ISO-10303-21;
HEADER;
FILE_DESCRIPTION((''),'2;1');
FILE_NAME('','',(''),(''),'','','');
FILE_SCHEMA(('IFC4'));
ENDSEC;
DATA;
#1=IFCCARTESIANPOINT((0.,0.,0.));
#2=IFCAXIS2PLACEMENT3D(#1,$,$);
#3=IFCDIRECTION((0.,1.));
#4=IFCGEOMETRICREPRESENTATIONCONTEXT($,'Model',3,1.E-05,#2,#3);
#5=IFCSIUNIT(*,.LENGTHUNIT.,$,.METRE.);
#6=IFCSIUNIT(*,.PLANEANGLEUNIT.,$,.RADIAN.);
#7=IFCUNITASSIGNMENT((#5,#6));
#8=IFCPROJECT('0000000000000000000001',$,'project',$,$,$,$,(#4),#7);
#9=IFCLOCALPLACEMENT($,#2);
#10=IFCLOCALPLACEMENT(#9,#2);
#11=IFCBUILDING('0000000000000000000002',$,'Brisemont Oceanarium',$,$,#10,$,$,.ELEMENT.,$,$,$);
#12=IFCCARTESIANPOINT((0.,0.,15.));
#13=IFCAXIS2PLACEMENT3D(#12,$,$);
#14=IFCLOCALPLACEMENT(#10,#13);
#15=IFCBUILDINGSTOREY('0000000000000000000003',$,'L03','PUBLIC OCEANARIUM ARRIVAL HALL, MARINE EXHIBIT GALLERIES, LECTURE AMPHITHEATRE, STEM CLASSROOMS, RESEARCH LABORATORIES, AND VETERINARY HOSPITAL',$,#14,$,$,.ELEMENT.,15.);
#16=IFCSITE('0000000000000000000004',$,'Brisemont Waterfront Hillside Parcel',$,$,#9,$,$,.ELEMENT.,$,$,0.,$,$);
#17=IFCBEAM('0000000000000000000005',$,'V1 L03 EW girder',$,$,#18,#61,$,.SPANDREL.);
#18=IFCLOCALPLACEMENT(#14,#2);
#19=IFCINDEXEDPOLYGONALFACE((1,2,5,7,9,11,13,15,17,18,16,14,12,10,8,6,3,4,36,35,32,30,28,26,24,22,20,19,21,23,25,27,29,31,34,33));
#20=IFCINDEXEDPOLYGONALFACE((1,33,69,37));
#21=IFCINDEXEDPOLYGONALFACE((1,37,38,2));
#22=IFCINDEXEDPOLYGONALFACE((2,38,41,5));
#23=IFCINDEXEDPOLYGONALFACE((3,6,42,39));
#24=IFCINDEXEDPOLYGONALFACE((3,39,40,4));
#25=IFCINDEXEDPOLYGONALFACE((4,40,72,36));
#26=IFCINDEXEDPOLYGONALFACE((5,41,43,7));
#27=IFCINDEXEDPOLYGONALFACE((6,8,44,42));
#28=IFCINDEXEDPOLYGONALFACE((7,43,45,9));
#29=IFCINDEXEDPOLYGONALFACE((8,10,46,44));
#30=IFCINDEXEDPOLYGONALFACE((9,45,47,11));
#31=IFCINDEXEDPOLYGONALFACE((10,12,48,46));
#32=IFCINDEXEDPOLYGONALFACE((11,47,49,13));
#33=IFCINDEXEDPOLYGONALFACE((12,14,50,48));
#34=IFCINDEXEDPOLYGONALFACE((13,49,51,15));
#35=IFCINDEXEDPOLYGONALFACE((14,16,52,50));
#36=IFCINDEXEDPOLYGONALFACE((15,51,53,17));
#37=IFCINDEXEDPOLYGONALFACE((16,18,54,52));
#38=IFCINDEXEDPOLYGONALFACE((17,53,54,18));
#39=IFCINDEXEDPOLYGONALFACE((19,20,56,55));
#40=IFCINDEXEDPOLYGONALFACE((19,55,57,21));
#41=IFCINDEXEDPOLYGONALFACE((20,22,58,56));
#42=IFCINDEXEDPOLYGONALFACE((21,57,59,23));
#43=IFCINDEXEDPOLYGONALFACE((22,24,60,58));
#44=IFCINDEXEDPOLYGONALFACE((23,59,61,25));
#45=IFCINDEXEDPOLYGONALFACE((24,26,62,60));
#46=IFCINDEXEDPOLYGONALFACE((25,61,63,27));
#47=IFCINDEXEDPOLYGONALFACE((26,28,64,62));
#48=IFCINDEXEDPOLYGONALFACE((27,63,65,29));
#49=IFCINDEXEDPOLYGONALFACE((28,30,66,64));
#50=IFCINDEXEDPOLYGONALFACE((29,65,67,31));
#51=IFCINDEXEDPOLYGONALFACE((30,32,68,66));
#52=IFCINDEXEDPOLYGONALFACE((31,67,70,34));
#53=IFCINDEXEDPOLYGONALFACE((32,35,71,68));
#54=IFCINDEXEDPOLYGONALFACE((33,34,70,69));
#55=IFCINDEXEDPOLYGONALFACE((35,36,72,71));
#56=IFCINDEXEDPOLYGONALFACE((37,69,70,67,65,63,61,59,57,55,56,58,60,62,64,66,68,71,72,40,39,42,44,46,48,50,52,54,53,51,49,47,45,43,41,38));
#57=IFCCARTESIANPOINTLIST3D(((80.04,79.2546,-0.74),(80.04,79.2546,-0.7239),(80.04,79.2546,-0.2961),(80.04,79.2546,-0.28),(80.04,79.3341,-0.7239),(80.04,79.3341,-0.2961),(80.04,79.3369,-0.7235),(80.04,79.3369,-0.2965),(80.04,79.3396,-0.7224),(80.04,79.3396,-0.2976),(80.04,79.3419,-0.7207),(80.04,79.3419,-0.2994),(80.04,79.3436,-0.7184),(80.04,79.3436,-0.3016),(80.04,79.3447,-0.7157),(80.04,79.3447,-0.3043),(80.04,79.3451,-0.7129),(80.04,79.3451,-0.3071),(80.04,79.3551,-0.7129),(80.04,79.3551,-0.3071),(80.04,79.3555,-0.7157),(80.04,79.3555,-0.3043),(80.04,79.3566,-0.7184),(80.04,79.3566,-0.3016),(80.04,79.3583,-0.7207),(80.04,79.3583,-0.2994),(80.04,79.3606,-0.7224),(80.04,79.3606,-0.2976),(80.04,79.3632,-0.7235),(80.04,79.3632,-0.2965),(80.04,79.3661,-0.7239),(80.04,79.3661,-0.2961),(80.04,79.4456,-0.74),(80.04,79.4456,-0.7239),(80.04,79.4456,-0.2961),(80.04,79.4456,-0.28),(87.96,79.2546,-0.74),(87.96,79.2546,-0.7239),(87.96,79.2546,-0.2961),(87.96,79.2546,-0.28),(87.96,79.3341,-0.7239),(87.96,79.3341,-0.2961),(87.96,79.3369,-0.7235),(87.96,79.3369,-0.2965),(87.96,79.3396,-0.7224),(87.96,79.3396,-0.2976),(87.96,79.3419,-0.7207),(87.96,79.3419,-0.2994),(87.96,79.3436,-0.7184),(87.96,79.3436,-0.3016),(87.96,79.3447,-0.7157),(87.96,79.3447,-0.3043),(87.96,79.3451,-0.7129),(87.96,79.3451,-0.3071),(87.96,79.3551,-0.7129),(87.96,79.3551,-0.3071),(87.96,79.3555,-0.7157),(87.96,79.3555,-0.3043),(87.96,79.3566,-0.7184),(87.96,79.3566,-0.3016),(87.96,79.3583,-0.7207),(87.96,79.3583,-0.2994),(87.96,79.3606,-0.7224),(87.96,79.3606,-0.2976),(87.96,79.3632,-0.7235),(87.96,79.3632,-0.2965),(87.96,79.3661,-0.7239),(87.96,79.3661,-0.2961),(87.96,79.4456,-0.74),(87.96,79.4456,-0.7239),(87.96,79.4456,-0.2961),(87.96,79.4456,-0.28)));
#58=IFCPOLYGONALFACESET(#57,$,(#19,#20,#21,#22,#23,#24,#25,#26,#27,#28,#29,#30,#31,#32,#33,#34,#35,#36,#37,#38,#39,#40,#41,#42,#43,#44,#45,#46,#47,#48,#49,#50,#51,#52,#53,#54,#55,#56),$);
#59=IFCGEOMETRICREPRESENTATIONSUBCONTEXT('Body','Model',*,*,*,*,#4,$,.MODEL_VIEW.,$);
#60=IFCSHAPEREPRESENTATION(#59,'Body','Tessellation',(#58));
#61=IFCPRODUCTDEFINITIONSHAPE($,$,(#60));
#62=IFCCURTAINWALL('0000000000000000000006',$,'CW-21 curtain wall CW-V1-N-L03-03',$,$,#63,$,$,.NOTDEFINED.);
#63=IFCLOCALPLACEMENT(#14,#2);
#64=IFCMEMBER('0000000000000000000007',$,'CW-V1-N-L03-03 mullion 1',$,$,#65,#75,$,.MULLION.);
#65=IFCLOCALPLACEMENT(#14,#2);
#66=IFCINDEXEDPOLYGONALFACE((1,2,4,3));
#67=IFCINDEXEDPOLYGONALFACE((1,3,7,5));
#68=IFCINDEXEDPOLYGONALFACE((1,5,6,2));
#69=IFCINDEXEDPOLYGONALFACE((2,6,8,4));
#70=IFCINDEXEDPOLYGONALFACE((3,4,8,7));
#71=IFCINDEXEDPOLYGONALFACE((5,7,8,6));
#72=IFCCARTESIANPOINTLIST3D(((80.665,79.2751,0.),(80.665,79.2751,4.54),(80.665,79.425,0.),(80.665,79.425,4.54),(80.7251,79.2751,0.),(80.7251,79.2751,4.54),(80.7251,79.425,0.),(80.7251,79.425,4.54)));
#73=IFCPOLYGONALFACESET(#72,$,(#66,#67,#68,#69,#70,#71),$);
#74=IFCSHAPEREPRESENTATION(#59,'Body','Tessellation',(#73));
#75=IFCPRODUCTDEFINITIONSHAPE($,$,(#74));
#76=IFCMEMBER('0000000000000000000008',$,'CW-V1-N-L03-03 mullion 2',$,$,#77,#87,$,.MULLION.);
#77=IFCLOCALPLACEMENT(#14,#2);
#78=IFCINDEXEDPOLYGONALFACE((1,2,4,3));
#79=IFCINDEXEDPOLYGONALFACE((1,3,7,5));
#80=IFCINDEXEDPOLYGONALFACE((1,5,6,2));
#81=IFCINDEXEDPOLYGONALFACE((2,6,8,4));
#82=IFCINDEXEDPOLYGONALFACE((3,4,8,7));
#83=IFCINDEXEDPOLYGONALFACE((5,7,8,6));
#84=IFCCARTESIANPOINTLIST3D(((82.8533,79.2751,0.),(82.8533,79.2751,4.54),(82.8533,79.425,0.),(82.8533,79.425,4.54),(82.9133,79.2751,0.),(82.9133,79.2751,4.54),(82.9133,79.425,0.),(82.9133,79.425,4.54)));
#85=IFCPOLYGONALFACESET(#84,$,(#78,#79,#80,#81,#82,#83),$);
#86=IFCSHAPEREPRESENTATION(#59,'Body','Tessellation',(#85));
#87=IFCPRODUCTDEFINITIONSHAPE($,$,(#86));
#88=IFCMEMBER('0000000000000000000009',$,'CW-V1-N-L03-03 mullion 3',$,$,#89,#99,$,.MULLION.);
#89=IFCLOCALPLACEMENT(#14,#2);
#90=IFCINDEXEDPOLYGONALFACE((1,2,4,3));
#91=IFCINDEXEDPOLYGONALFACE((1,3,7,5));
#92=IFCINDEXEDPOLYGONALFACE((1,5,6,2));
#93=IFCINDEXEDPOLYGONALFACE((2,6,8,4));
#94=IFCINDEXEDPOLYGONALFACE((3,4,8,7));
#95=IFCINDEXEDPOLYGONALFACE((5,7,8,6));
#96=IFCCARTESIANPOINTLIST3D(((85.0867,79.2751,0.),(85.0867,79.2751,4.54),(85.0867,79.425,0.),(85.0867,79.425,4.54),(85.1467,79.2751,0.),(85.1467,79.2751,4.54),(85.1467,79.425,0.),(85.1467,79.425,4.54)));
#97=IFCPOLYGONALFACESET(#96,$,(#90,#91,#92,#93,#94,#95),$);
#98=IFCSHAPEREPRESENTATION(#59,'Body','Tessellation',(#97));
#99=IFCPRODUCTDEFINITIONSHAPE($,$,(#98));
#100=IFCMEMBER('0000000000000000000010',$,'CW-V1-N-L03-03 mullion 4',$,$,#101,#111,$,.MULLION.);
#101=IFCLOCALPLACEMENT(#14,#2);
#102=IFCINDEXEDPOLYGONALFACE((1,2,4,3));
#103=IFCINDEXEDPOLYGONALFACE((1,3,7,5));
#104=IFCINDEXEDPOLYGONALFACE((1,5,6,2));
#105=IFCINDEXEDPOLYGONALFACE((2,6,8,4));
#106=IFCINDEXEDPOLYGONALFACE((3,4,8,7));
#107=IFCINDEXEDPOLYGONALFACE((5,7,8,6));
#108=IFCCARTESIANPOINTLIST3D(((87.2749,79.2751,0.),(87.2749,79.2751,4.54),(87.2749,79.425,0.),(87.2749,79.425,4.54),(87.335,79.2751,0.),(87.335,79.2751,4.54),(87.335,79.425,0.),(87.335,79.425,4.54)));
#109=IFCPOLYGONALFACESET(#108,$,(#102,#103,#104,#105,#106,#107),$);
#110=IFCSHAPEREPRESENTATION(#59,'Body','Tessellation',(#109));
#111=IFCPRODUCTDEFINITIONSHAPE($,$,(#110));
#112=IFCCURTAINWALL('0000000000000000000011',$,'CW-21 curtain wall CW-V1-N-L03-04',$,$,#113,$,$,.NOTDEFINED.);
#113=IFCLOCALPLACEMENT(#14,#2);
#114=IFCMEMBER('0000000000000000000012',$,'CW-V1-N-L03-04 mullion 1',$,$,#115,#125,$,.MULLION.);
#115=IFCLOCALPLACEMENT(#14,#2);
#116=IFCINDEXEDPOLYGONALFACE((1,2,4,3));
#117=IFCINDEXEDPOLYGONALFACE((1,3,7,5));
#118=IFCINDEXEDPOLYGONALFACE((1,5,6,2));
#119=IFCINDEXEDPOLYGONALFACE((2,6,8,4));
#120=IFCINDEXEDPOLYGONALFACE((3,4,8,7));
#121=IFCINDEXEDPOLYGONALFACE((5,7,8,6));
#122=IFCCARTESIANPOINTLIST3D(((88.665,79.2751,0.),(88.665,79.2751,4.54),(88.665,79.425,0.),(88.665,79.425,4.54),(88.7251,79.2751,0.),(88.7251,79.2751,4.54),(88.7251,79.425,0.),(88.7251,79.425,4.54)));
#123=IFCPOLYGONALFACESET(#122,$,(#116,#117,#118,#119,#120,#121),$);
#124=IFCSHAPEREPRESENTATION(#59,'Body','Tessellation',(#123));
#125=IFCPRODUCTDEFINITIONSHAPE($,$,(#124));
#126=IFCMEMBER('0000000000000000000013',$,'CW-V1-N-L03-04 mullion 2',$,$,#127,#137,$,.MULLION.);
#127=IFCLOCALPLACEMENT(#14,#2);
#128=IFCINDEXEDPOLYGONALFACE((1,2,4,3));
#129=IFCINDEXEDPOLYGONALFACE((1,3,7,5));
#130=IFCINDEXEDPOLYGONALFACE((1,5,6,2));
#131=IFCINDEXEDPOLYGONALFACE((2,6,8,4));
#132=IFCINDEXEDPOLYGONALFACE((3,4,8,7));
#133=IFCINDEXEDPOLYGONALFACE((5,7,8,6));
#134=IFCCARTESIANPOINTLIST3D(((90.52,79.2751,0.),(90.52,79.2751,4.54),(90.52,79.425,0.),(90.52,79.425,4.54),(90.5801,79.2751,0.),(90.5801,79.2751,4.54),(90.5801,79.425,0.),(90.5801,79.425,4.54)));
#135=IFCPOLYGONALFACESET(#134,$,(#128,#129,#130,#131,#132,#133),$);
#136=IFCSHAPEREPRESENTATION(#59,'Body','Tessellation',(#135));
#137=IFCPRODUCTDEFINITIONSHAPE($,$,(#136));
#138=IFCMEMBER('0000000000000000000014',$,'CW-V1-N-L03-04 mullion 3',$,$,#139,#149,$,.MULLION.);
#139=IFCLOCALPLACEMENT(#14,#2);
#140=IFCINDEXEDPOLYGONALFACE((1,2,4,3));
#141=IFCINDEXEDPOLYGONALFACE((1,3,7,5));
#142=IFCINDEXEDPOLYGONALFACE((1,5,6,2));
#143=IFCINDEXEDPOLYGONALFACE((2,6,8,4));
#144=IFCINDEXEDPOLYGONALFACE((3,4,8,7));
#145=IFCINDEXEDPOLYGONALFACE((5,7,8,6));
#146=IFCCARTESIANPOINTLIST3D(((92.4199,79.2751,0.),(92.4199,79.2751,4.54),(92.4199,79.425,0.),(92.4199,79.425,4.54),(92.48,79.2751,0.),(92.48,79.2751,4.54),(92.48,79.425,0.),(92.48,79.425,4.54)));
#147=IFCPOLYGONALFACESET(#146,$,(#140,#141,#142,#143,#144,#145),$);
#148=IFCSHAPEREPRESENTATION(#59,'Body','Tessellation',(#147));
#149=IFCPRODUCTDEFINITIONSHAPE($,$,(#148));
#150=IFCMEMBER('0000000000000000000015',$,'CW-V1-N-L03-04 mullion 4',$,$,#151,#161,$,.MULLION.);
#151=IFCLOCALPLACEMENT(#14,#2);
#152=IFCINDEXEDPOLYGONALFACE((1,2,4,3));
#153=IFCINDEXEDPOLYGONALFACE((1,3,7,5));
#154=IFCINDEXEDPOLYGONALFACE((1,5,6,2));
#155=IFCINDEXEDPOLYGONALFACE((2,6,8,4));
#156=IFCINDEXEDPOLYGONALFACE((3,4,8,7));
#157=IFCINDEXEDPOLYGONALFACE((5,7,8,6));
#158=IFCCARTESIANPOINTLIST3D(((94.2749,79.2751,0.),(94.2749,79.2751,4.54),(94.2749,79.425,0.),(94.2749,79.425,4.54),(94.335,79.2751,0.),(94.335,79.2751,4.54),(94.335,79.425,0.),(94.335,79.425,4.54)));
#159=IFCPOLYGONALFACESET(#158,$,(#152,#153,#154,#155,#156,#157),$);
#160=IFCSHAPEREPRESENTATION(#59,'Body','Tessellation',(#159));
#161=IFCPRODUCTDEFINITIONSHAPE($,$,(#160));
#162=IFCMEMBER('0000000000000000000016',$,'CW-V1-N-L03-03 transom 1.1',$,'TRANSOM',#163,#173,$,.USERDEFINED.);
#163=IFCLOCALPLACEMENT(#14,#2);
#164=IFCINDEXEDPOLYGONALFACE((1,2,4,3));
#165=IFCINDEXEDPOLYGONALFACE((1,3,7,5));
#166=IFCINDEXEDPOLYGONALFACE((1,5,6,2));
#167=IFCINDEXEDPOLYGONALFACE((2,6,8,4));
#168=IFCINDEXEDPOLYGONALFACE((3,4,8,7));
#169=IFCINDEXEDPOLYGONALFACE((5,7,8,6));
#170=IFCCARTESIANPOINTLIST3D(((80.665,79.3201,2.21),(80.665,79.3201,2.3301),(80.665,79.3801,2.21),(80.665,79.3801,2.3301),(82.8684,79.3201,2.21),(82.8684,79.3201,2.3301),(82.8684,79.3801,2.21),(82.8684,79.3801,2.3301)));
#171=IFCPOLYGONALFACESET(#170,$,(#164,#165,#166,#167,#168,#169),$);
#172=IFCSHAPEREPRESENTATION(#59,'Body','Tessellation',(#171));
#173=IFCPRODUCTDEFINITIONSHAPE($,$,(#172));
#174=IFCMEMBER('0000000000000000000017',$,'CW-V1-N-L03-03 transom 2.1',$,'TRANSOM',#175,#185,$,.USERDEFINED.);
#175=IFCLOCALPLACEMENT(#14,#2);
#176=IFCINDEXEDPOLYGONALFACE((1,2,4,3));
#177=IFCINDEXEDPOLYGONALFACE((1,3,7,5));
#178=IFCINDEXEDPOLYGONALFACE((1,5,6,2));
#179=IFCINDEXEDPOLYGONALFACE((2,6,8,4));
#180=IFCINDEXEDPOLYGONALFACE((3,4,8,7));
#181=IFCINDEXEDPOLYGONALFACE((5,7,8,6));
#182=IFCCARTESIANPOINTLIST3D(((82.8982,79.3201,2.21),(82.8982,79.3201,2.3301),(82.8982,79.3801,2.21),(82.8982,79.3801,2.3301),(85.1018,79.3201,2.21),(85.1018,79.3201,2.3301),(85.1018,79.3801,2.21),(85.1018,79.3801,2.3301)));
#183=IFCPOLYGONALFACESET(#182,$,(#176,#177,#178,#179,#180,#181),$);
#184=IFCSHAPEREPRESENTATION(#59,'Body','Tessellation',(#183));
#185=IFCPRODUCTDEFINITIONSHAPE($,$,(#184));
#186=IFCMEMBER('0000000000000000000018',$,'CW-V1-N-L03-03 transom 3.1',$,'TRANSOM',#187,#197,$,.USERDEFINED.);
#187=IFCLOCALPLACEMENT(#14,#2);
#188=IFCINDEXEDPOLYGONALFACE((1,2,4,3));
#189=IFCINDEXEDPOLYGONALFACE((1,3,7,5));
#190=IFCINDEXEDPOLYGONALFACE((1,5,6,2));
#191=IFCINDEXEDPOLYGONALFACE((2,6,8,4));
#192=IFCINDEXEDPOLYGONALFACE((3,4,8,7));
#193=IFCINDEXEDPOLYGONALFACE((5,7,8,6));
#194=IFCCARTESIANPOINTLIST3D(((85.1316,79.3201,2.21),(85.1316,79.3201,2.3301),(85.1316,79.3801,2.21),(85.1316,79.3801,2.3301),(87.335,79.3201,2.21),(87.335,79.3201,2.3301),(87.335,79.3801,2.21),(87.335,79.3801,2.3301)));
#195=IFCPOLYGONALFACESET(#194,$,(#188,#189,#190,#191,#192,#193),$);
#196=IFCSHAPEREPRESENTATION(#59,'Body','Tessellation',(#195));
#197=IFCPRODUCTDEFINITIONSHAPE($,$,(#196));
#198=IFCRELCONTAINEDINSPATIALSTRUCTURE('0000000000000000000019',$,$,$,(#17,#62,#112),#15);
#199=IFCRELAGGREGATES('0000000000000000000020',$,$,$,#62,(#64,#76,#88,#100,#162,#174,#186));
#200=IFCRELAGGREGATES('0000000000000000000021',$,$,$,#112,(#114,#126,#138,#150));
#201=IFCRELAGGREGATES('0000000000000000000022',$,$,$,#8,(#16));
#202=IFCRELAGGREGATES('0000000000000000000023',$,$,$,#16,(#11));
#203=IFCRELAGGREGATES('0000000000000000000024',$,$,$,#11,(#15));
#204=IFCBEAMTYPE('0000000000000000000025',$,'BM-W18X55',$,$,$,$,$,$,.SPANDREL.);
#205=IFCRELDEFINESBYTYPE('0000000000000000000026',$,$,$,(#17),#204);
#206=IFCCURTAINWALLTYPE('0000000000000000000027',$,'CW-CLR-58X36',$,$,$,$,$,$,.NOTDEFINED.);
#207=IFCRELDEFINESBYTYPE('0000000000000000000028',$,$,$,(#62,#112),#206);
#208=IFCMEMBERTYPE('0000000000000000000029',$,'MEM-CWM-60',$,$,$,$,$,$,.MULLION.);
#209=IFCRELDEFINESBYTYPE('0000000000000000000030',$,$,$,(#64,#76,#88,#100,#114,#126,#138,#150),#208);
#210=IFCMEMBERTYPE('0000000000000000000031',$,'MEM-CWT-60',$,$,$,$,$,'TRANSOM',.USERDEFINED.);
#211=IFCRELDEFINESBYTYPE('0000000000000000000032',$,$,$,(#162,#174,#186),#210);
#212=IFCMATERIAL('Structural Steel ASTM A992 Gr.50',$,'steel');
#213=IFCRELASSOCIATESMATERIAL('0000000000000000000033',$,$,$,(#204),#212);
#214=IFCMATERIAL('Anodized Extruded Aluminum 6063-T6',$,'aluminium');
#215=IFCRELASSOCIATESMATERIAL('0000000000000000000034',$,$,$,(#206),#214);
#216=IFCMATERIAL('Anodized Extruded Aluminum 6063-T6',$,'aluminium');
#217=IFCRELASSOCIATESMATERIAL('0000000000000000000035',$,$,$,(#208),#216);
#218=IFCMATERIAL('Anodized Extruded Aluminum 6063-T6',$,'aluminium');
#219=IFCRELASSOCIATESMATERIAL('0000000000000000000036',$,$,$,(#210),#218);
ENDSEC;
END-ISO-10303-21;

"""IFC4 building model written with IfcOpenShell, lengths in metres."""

from ifc_helpers import new_model, si_unit, direction, frame, origin, origin_2d, place, context, subcontext, project, spatial, rectangle, i_section, extrude, material, material_profile, profile_set, type_object, element, aggregate, save


model = new_model("IFC4")

# Units and contexts
model_context = context("Model", 3, precision=1e-05, world=origin(), true_north=direction((0.0, 1.0)))
body_context = subcontext(model_context, "Body", "Model", "MODEL_VIEW")
ifc_project = project(units=[si_unit("LENGTHUNIT", "METRE"), si_unit("PLANEANGLEUNIT", "RADIAN")], contexts=[model_context])

# Site, building, storey
site_placement = place(None, origin())
site = spatial("IfcSite", under=ifc_project, at=site_placement, Name="Brisemont Waterfront Hillside Parcel", CompositionType="ELEMENT", RefElevation=0.0)
building_placement = place(site_placement, origin())
building = spatial("IfcBuilding", under=site, at=building_placement, Name="Brisemont Oceanarium", CompositionType="ELEMENT")
storey_placement = place(building_placement, frame((0.0, 0.0, 15.0)))
storey = spatial("IfcBuildingStorey", under=building, at=storey_placement, Name="L03", Description="PUBLIC OCEANARIUM ARRIVAL HALL, MARINE EXHIBIT GALLERIES, LECTURE AMPHITHEATRE, STEM CLASSROOMS, RESEARCH LABORATORIES, AND VETERINARY HOSPITAL", CompositionType="ELEMENT", Elevation=15.0)

# Beam
ifc_material_1 = material(Name="Structural Steel ASTM A992 Gr.50", Category="steel")
ifc_material_profile_1 = material_profile(ifc_material_1, i_section(OverallWidth=0.1909, OverallDepth=0.46, WebThickness=0.01, FlangeThickness=0.0161, FilletRadius=0.011, at=origin_2d()), Name="W18X55")
ifc_profile_set_1 = profile_set([ifc_material_profile_1], Name="Structural Steel ASTM A992 Gr.50")
beam_type_1 = type_object("IfcBeamType", Name="BM-W18X55", PredefinedType="SPANDREL", material=ifc_profile_set_1)
beam_1_placement = place(storey_placement, frame((80.04, 79.3501, -0.51), z_axis=(1.0, 0.0, 0.0), x_axis=(0.0, 1.0, 0.0)))
element("IfcBeam", 1, at=beam_1_placement, inside=storey, type_object=beam_type_1, Name="V1 L03 EW girder", PredefinedType="SPANDREL", context=body_context, shape_type="SweptSolid", body=[
    extrude(i_section(OverallWidth=0.1909, OverallDepth=0.46, WebThickness=0.01, FlangeThickness=0.0161, FilletRadius=0.011, at=origin_2d()), origin(), (0.0, 0.0, 1.0), 7.9199),
])

# Curtain walls, members
ifc_material_2 = material(Name="Anodized Extruded Aluminum 6063-T6", Category="aluminium")
curtain_wall_type = type_object("IfcCurtainWallType", Name="CW-CLR-58X36", PredefinedType="NOTDEFINED", material=ifc_material_2)
curtain_wall_1_placement = place(storey_placement, origin())
curtain_wall_1 = element("IfcCurtainWall", 2, at=curtain_wall_1_placement, inside=storey, type_object=curtain_wall_type, Name="CW-21 curtain wall CW-V1-N-L03-03", PredefinedType="NOTDEFINED")
ifc_material_3 = material(Name="Anodized Extruded Aluminum 6063-T6", Category="aluminium")
ifc_material_profile_2 = material_profile(ifc_material_3, rectangle(XDim=0.0601, YDim=0.1499, at=origin_2d()), Name="CWM-60X150")
ifc_profile_set_2 = profile_set([ifc_material_profile_2], Name="Anodized Extruded Aluminum 6063-T6")
member_type_1 = type_object("IfcMemberType", Name="MEM-CWM-60", PredefinedType="MULLION", material=ifc_profile_set_2)
member_1_placement = place(storey_placement, frame((80.6951, 79.3501, 0.0), z_axis=(0.0, 0.0, 1.0), x_axis=(1.0, 0.0, 0.0)))
member_1 = element("IfcMember", 3, at=member_1_placement, type_object=member_type_1, Name="CW-V1-N-L03-03 mullion 1", PredefinedType="MULLION", context=body_context, shape_type="SweptSolid", body=[
    extrude(rectangle(XDim=0.0601, YDim=0.1499, at=origin_2d()), origin(), (0.0, 0.0, 1.0), 4.54),
])
member_2_placement = place(storey_placement, frame((82.8833, 79.3501, 0.0), z_axis=(0.0, 0.0, 1.0), x_axis=(1.0, 0.0, 0.0)))
member_2 = element("IfcMember", 4, at=member_2_placement, type_object=member_type_1, Name="CW-V1-N-L03-03 mullion 2", PredefinedType="MULLION", context=body_context, shape_type="SweptSolid", body=[
    extrude(rectangle(XDim=0.0601, YDim=0.1499, at=origin_2d()), origin(), (0.0, 0.0, 1.0), 4.54),
])
member_3_placement = place(storey_placement, frame((85.1167, 79.3501, 0.0), z_axis=(0.0, 0.0, 1.0), x_axis=(1.0, 0.0, 0.0)))
member_3 = element("IfcMember", 5, at=member_3_placement, type_object=member_type_1, Name="CW-V1-N-L03-03 mullion 3", PredefinedType="MULLION", context=body_context, shape_type="SweptSolid", body=[
    extrude(rectangle(XDim=0.0601, YDim=0.1499, at=origin_2d()), origin(), (0.0, 0.0, 1.0), 4.54),
])
member_4_placement = place(storey_placement, frame((87.3049, 79.3501, 0.0), z_axis=(0.0, 0.0, 1.0), x_axis=(1.0, 0.0, 0.0)))
member_4 = element("IfcMember", 6, at=member_4_placement, type_object=member_type_1, Name="CW-V1-N-L03-03 mullion 4", PredefinedType="MULLION", context=body_context, shape_type="SweptSolid", body=[
    extrude(rectangle(XDim=0.0601, YDim=0.1499, at=origin_2d()), origin(), (0.0, 0.0, 1.0), 4.54),
])
curtain_wall_2_placement = place(storey_placement, origin())
curtain_wall_2 = element("IfcCurtainWall", 7, at=curtain_wall_2_placement, inside=storey, type_object=curtain_wall_type, Name="CW-21 curtain wall CW-V1-N-L03-04", PredefinedType="NOTDEFINED")
member_5_placement = place(storey_placement, frame((88.6951, 79.3501, 0.0), z_axis=(0.0, 0.0, 1.0), x_axis=(1.0, 0.0, 0.0)))
member_5 = element("IfcMember", 8, at=member_5_placement, type_object=member_type_1, Name="CW-V1-N-L03-04 mullion 1", PredefinedType="MULLION", context=body_context, shape_type="SweptSolid", body=[
    extrude(rectangle(XDim=0.0601, YDim=0.1499, at=origin_2d()), origin(), (0.0, 0.0, 1.0), 4.54),
])
member_6_placement = place(storey_placement, frame((90.55, 79.3501, 0.0), z_axis=(0.0, 0.0, 1.0), x_axis=(1.0, 0.0, 0.0)))
member_6 = element("IfcMember", 9, at=member_6_placement, type_object=member_type_1, Name="CW-V1-N-L03-04 mullion 2", PredefinedType="MULLION", context=body_context, shape_type="SweptSolid", body=[
    extrude(rectangle(XDim=0.0601, YDim=0.1499, at=origin_2d()), origin(), (0.0, 0.0, 1.0), 4.54),
])
member_7_placement = place(storey_placement, frame((92.45, 79.3501, 0.0), z_axis=(0.0, 0.0, 1.0), x_axis=(1.0, 0.0, 0.0)))
member_7 = element("IfcMember", 10, at=member_7_placement, type_object=member_type_1, Name="CW-V1-N-L03-04 mullion 3", PredefinedType="MULLION", context=body_context, shape_type="SweptSolid", body=[
    extrude(rectangle(XDim=0.0601, YDim=0.1499, at=origin_2d()), origin(), (0.0, 0.0, 1.0), 4.54),
])
member_8_placement = place(storey_placement, frame((94.3049, 79.3501, 0.0), z_axis=(0.0, 0.0, 1.0), x_axis=(1.0, 0.0, 0.0)))
member_8 = element("IfcMember", 11, at=member_8_placement, type_object=member_type_1, Name="CW-V1-N-L03-04 mullion 4", PredefinedType="MULLION", context=body_context, shape_type="SweptSolid", body=[
    extrude(rectangle(XDim=0.0601, YDim=0.1499, at=origin_2d()), origin(), (0.0, 0.0, 1.0), 4.54),
])

# Members
ifc_material_4 = material(Name="Anodized Extruded Aluminum 6063-T6", Category="aluminium")
ifc_material_profile_3 = material_profile(ifc_material_4, rectangle(XDim=0.0601, YDim=0.1201, at=origin_2d()), Name="CWT-60X120")
ifc_profile_set_3 = profile_set([ifc_material_profile_3], Name="Anodized Extruded Aluminum 6063-T6")
member_type_2 = type_object("IfcMemberType", Name="MEM-CWT-60", ElementType="TRANSOM", PredefinedType="USERDEFINED", material=ifc_profile_set_3)
member_9_placement = place(storey_placement, frame((80.665, 79.3501, 2.27), z_axis=(1.0, 0.0, 0.0), x_axis=(0.0, 1.0, 0.0)))
member_9 = element("IfcMember", 12, at=member_9_placement, type_object=member_type_2, Name="CW-V1-N-L03-03 transom 1.1", ObjectType="TRANSOM", PredefinedType="USERDEFINED", context=body_context, shape_type="SweptSolid", body=[
    extrude(rectangle(XDim=0.0601, YDim=0.1201, at=origin_2d()), origin(), (0.0, 0.0, 1.0), 2.2034),
])
member_10_placement = place(storey_placement, frame((82.8982, 79.3501, 2.27), z_axis=(1.0, 0.0, 0.0), x_axis=(0.0, 1.0, 0.0)))
member_10 = element("IfcMember", 13, at=member_10_placement, type_object=member_type_2, Name="CW-V1-N-L03-03 transom 2.1", ObjectType="TRANSOM", PredefinedType="USERDEFINED", context=body_context, shape_type="SweptSolid", body=[
    extrude(rectangle(XDim=0.0601, YDim=0.1201, at=origin_2d()), origin(), (0.0, 0.0, 1.0), 2.2036),
])
member_11_placement = place(storey_placement, frame((85.1316, 79.3501, 2.27), z_axis=(1.0, 0.0, 0.0), x_axis=(0.0, 1.0, 0.0)))
member_11 = element("IfcMember", 14, at=member_11_placement, type_object=member_type_2, Name="CW-V1-N-L03-03 transom 3.1", ObjectType="TRANSOM", PredefinedType="USERDEFINED", context=body_context, shape_type="SweptSolid", body=[
    extrude(rectangle(XDim=0.0601, YDim=0.1201, at=origin_2d()), origin(), (0.0, 0.0, 1.0), 2.2034),
])

aggregate(curtain_wall_1, [member_1, member_2, member_3, member_4, member_9, member_10, member_11])
aggregate(curtain_wall_2, [member_5, member_6, member_7, member_8])

save(model, "model.ifc")
